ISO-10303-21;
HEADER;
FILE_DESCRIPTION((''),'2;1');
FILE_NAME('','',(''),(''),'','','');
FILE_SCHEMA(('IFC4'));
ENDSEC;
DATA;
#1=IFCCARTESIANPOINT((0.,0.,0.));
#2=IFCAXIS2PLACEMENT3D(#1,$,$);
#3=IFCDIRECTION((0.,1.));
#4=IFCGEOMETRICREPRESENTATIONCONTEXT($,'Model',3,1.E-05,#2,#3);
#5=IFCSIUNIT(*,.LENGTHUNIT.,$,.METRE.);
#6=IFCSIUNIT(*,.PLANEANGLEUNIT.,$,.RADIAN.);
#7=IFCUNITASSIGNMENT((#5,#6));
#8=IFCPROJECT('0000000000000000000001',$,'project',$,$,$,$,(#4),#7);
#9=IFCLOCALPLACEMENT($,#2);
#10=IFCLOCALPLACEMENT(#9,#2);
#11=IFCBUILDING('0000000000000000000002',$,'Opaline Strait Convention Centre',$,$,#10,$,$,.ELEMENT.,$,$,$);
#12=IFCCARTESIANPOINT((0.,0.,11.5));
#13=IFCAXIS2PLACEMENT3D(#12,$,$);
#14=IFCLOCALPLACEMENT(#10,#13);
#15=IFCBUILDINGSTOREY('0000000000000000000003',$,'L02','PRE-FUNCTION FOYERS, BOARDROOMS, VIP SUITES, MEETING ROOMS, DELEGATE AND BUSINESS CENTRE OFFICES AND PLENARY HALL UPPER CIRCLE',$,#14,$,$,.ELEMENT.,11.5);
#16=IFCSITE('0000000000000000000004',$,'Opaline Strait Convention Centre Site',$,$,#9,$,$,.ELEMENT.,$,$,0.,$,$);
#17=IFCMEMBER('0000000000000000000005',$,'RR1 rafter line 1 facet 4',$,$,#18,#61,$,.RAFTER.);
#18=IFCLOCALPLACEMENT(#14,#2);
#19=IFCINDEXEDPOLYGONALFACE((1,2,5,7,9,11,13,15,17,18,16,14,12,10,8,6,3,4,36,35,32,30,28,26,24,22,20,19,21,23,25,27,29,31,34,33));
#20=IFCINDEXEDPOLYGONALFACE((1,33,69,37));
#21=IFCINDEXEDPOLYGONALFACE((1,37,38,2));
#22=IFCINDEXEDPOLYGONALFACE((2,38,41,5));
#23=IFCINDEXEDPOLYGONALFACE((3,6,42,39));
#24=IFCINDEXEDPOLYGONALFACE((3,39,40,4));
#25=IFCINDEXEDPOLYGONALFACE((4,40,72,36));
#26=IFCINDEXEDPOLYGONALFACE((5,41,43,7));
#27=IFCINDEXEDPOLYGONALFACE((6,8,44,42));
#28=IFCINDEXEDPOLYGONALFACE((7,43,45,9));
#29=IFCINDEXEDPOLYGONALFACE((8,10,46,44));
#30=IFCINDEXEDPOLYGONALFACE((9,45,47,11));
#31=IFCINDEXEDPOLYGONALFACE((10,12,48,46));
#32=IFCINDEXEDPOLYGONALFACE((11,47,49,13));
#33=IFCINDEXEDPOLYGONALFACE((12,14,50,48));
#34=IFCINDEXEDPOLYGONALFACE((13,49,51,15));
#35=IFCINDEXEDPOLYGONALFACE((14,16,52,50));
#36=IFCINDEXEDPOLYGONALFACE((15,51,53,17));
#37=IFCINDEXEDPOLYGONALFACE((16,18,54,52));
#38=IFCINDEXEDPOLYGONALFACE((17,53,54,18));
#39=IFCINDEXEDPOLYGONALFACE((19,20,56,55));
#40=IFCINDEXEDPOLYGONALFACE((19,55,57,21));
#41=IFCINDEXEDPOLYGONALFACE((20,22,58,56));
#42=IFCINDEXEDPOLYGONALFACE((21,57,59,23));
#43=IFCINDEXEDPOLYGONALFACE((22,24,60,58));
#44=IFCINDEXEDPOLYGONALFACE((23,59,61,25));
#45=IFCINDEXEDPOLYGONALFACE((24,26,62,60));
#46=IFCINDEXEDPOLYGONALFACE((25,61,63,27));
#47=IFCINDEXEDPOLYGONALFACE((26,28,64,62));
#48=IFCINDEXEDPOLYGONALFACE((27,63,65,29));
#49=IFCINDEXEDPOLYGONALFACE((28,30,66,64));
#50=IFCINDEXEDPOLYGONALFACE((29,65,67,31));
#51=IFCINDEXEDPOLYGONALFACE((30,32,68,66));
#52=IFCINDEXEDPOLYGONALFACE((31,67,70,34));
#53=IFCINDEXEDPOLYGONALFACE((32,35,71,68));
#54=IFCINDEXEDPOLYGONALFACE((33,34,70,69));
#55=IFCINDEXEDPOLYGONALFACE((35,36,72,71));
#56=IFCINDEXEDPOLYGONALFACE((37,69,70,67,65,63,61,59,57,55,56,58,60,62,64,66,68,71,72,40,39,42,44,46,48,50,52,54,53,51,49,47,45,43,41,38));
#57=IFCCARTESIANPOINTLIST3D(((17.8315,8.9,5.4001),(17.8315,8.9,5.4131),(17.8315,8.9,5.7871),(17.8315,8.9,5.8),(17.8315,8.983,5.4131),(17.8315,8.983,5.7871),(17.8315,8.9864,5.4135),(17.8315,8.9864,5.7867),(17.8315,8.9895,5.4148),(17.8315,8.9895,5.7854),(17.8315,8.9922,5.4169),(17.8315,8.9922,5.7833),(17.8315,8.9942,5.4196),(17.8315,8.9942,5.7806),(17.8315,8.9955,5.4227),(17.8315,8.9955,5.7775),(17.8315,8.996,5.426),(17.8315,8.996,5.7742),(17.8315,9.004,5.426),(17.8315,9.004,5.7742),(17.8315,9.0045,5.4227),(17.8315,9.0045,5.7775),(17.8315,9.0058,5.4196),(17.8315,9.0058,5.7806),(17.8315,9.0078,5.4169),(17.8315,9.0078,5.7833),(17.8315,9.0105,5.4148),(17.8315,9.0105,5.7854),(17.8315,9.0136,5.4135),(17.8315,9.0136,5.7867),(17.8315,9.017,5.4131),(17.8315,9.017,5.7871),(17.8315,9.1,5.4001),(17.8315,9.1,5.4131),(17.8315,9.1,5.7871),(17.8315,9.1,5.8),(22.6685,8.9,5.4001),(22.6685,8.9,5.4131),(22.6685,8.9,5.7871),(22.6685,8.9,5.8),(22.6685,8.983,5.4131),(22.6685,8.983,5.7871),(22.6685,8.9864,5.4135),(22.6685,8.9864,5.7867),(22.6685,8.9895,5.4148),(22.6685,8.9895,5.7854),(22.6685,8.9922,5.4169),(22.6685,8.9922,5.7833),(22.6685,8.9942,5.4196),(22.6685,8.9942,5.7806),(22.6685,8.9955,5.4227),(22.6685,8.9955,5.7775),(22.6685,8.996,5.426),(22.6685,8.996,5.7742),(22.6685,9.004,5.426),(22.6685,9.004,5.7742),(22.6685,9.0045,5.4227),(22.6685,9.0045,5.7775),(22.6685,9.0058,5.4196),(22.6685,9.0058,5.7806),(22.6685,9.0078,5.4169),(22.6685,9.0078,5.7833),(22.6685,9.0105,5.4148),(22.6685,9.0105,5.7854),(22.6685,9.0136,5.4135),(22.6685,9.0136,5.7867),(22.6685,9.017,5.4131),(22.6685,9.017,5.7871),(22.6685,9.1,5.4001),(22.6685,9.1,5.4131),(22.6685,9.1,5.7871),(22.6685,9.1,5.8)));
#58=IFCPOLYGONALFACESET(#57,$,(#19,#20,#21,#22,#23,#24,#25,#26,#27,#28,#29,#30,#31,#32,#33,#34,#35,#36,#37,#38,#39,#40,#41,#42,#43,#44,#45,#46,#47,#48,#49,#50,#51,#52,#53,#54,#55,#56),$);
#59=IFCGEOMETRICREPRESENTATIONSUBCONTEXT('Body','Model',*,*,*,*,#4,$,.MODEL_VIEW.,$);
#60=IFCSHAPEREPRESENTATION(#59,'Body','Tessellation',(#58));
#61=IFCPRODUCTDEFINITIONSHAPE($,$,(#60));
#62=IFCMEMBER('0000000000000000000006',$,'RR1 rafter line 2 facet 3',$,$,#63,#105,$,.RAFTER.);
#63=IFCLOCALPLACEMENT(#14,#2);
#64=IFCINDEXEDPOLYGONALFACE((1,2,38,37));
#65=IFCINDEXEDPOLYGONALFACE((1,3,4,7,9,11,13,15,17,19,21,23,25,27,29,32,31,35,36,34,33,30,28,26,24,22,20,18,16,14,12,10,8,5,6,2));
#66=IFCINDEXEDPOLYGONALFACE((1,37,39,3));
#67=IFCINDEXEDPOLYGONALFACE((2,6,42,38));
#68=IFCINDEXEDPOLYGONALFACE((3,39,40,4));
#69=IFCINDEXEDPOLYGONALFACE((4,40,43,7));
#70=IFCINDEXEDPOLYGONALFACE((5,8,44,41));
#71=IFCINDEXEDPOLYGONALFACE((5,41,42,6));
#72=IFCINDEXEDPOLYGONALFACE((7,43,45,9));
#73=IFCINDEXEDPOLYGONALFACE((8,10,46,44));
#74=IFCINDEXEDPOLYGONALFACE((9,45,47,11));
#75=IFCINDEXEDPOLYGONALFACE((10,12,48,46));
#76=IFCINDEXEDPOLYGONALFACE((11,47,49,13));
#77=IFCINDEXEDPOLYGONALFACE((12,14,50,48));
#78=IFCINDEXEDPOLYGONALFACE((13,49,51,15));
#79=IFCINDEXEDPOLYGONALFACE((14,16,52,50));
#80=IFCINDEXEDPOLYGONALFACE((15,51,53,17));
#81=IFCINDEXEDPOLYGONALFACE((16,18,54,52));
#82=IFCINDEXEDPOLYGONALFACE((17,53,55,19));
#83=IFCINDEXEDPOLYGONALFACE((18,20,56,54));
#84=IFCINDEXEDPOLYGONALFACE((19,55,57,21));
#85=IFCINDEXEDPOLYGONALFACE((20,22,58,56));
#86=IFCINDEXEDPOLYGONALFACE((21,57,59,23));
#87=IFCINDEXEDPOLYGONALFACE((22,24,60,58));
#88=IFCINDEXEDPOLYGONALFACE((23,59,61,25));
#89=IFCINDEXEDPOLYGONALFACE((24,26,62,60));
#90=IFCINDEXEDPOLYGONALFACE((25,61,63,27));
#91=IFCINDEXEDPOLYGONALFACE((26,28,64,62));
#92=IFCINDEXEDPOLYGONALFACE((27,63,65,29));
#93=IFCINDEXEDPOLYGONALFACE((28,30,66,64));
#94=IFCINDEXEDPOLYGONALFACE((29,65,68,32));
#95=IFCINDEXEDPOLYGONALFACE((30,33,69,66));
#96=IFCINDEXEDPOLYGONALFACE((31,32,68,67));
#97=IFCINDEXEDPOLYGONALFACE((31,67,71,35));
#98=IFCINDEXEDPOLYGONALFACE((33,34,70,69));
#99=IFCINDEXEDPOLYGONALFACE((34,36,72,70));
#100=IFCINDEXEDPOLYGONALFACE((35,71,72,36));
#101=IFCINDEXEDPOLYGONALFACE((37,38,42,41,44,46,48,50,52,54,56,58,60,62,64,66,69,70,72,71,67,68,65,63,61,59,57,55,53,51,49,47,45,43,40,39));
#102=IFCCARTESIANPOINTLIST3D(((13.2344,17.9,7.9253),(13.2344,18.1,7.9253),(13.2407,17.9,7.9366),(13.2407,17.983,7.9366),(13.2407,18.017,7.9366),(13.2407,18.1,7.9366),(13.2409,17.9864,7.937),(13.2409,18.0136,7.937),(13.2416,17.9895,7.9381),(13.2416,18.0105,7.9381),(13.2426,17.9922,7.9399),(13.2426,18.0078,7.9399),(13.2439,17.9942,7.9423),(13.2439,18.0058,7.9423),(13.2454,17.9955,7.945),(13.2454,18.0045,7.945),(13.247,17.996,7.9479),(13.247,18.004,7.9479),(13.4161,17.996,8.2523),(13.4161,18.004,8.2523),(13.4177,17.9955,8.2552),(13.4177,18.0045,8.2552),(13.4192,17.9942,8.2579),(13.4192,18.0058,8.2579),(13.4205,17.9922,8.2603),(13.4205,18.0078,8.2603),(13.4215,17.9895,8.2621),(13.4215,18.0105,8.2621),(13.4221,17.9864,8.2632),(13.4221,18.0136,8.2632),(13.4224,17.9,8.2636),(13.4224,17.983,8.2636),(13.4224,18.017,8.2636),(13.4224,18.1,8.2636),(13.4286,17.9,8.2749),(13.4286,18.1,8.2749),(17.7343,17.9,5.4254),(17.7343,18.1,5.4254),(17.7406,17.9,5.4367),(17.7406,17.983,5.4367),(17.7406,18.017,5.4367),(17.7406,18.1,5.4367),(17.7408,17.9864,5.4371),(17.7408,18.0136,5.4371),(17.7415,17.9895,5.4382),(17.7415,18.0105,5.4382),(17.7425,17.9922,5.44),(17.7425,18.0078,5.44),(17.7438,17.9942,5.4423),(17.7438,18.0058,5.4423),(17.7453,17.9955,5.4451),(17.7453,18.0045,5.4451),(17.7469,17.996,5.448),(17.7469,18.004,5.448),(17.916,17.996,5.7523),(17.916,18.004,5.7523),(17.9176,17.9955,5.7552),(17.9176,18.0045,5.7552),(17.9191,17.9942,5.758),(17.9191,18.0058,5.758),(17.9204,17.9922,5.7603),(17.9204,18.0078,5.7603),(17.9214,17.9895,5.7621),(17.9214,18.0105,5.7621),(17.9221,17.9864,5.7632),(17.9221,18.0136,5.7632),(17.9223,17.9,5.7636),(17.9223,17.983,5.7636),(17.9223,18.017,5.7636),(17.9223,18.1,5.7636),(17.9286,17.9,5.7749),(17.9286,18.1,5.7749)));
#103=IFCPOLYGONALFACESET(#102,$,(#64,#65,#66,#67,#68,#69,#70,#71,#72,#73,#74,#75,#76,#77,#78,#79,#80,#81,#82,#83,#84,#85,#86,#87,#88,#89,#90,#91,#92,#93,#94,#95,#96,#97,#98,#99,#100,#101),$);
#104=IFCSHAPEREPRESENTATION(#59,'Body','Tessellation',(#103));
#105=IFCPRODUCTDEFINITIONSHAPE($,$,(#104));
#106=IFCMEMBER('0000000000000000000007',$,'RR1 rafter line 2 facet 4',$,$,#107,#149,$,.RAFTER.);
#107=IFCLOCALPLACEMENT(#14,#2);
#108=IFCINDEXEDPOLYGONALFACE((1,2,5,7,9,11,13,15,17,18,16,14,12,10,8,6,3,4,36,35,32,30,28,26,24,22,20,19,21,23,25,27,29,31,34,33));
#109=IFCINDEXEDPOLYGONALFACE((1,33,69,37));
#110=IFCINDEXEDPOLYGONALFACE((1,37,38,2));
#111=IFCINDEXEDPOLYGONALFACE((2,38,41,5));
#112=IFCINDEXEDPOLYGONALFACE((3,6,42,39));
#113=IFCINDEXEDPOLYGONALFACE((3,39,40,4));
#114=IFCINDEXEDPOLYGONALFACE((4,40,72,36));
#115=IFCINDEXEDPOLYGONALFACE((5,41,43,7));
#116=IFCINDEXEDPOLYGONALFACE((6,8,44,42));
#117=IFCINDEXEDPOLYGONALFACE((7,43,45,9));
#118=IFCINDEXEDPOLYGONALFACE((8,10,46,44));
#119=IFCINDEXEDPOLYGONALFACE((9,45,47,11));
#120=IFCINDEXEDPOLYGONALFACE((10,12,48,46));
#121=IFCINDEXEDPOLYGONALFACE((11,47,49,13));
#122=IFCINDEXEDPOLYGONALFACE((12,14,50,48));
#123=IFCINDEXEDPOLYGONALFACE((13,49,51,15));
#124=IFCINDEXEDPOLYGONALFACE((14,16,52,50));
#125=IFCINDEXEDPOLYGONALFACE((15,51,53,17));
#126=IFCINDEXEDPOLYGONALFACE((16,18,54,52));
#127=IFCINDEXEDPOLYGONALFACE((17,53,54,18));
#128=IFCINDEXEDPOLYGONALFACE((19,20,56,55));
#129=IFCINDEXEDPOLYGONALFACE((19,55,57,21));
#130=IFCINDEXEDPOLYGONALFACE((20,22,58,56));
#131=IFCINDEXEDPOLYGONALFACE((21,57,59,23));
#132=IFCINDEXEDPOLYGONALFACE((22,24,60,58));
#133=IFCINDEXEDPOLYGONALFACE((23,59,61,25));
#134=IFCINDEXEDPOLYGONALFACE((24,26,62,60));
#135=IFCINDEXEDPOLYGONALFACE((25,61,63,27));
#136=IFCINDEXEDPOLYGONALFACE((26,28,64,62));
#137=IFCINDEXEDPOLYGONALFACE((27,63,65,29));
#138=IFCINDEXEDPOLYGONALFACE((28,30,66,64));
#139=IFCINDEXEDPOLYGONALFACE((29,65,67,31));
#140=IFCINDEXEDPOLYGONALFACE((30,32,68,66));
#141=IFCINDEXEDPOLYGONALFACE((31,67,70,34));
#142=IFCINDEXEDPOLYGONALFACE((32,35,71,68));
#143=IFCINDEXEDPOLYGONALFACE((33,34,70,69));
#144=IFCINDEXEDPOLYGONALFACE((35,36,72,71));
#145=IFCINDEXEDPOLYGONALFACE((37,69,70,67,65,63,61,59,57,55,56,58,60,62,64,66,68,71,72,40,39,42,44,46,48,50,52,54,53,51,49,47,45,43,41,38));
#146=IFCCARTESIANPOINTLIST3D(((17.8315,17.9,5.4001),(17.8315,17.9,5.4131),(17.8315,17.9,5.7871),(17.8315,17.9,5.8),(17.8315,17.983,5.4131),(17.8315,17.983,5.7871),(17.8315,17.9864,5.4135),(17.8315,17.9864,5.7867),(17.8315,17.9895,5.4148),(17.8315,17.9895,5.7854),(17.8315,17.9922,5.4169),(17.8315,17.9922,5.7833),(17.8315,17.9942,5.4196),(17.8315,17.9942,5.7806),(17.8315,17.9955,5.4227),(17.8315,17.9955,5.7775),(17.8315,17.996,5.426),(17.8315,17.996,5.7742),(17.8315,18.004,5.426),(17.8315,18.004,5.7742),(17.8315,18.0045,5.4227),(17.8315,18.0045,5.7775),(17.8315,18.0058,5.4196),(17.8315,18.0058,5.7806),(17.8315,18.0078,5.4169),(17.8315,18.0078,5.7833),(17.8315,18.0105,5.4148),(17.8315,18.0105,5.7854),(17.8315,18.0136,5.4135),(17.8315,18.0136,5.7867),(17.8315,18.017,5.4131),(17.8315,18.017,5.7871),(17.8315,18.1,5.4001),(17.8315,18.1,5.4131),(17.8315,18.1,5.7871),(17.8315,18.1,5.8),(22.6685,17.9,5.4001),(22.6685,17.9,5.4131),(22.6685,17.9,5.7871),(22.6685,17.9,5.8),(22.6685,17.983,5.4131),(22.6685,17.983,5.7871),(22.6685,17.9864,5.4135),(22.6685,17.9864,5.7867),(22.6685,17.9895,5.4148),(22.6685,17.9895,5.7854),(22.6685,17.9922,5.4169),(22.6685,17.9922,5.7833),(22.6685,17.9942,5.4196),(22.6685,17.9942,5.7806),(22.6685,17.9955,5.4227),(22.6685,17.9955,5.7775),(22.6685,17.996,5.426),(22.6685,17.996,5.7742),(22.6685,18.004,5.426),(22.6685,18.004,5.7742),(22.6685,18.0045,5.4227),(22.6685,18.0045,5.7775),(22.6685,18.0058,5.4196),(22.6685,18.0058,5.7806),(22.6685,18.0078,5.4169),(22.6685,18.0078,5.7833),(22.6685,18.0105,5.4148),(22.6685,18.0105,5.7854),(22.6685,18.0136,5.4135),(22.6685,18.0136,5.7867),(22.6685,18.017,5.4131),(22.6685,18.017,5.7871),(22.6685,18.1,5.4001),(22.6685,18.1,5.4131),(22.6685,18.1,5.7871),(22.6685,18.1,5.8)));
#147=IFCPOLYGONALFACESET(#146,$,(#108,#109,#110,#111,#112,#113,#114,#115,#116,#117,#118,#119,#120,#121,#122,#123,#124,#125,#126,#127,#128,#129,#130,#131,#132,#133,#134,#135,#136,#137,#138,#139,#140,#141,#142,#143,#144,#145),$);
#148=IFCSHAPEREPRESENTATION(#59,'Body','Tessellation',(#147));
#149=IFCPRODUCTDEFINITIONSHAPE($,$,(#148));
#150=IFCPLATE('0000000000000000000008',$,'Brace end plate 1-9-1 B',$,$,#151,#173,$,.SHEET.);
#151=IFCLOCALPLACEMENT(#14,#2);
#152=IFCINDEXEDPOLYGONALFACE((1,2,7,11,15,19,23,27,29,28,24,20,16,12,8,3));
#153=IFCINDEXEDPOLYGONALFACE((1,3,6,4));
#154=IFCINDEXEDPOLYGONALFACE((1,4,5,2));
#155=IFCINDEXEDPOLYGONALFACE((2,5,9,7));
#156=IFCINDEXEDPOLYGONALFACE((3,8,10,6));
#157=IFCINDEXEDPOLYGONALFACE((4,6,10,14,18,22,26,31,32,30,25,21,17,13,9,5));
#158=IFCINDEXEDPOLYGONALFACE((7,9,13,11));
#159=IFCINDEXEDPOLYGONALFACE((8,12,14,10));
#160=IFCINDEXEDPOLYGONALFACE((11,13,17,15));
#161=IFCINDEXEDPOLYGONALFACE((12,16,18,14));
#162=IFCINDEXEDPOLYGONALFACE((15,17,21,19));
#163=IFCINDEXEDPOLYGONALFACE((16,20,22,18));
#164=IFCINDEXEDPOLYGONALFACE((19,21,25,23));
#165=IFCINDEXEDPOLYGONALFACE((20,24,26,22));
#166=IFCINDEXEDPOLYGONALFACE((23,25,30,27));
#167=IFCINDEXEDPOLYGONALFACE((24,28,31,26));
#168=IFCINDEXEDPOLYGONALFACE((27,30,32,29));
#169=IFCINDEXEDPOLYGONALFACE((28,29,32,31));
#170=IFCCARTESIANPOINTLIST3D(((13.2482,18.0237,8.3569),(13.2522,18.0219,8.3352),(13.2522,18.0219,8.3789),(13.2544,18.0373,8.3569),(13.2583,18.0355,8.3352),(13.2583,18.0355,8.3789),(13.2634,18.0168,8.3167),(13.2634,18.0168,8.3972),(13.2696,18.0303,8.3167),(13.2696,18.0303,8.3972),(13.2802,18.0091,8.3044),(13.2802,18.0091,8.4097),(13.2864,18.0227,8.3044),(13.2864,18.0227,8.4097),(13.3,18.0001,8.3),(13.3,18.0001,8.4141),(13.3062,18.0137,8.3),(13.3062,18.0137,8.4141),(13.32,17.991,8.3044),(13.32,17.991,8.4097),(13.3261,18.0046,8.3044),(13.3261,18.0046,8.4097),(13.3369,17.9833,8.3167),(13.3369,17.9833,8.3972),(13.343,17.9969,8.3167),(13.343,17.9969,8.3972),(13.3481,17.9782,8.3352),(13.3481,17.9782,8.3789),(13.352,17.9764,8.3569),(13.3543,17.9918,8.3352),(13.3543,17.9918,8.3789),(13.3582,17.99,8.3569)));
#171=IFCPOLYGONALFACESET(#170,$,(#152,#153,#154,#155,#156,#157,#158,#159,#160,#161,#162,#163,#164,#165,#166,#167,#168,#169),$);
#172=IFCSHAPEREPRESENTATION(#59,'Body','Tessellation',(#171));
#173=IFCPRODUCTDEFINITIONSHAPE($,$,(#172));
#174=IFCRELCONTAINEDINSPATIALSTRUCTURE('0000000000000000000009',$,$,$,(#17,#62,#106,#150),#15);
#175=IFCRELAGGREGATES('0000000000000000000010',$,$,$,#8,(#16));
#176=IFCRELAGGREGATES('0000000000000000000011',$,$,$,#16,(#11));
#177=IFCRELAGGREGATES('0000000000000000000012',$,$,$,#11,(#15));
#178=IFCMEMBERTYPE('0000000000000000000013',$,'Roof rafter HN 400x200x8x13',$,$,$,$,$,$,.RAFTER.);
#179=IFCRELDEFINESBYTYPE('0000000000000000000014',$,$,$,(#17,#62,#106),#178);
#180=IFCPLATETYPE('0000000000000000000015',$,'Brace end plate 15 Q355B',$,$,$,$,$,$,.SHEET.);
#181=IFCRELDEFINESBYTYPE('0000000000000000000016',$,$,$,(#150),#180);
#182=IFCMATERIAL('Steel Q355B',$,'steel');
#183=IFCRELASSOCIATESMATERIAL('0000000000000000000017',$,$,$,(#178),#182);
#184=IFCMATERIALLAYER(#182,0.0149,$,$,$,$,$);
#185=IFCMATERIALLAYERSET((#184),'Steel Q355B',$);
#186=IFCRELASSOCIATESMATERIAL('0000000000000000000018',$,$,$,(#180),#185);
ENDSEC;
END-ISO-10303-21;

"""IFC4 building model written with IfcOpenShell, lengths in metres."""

from ifc_helpers import new_model, si_unit, direction, frame, origin, origin_2d, place, context, subcontext, project, spatial, polyline, i_section, outline, extrude, material, layer, layer_set, material_profile, profile_set, type_object, element, save


model = new_model("IFC4")

# Units and contexts
model_context = context("Model", 3, precision=1e-05, world=origin(), true_north=direction((0.0, 1.0)))
body_context = subcontext(model_context, "Body", "Model", "MODEL_VIEW")
ifc_project = project(units=[si_unit("LENGTHUNIT", "METRE"), si_unit("PLANEANGLEUNIT", "RADIAN")], contexts=[model_context])

# Site, building, storey
site_placement = place(None, origin())
site = spatial("IfcSite", under=ifc_project, at=site_placement, Name="Opaline Strait Convention Centre Site", CompositionType="ELEMENT", RefElevation=0.0)
building_placement = place(site_placement, origin())
building = spatial("IfcBuilding", under=site, at=building_placement, Name="Opaline Strait Convention Centre", CompositionType="ELEMENT")
storey_placement = place(building_placement, frame((0.0, 0.0, 11.5)))
storey = spatial("IfcBuildingStorey", under=building, at=storey_placement, Name="L02", Description="PRE-FUNCTION FOYERS, BOARDROOMS, VIP SUITES, MEETING ROOMS, DELEGATE AND BUSINESS CENTRE OFFICES AND PLENARY HALL UPPER CIRCLE", CompositionType="ELEMENT", Elevation=11.5)

# Shared definitions
ifc_material_1 = material(Name="Steel Q355B", Category="steel")

# Members
ifc_material_profile_1 = material_profile(ifc_material_1, i_section(OverallWidth=0.2, OverallDepth=0.3999, WebThickness=0.0081, FlangeThickness=0.0129, FilletRadius=0.0129, at=origin_2d()), Name="HN 400x200x8x13")
ifc_profile_set_1 = profile_set([ifc_material_profile_1], Name="Steel Q355B")
member_type_1 = type_object("IfcMemberType", Name="Roof rafter HN 400x200x8x13", PredefinedType="RAFTER", material=ifc_profile_set_1)
member_1_placement = place(storey_placement, frame((17.8315, 9.0, 5.6001), z_axis=(1.0, 0.0, 0.0), x_axis=(0.0, 1.0, 0.0)))
element("IfcMember", 1, at=member_1_placement, inside=storey, type_object=member_type_1, Name="RR1 rafter line 1 facet 4", PredefinedType="RAFTER", context=body_context, shape_type="SweptSolid", body=[
    extrude(i_section(OverallWidth=0.2, OverallDepth=0.3999, WebThickness=0.0081, FlangeThickness=0.0129, FilletRadius=0.0129, at=origin_2d()), origin(), (0.0, 0.0, 1.0), 4.8369),
])
member_2_placement = place(storey_placement, frame((13.3315, 18.0, 8.1001), z_axis=(0.874157, 0.0, -0.485643), x_axis=(0.0, 1.0, 0.0)))
element("IfcMember", 2, at=member_2_placement, inside=storey, type_object=member_type_1, Name="RR1 rafter line 2 facet 3", PredefinedType="RAFTER", context=body_context, shape_type="SweptSolid", body=[
    extrude(i_section(OverallWidth=0.2, OverallDepth=0.3999, WebThickness=0.0081, FlangeThickness=0.0129, FilletRadius=0.0129, at=origin_2d()), origin(), (0.0, 0.0, 1.0), 5.1477),
])
member_3_placement = place(storey_placement, frame((17.8315, 18.0, 5.6001), z_axis=(1.0, 0.0, 0.0), x_axis=(0.0, 1.0, 0.0)))
element("IfcMember", 3, at=member_3_placement, inside=storey, type_object=member_type_1, Name="RR1 rafter line 2 facet 4", PredefinedType="RAFTER", context=body_context, shape_type="SweptSolid", body=[
    extrude(i_section(OverallWidth=0.2, OverallDepth=0.3999, WebThickness=0.0081, FlangeThickness=0.0129, FilletRadius=0.0129, at=origin_2d()), origin(), (0.0, 0.0, 1.0), 4.8369),
])

# Plate
ifc_layer_1 = layer(ifc_material_1, 0.0149)
ifc_layer_set_1 = layer_set([ifc_layer_1], Name="Steel Q355B")
plate_type = type_object("IfcPlateType", Name="Brace end plate 15 Q355B", PredefinedType="SHEET", material=ifc_layer_set_1)
plate_1_placement = place(storey_placement, frame((13.3582, 17.99, 8.3569), z_axis=(0.414547, 0.910028, 0.0), x_axis=(-0.175212, 0.079815, -0.98129)))
element("IfcPlate", 4, at=plate_1_placement, inside=storey, type_object=plate_type, Name="Brace end plate 1-9-1 B", PredefinedType="SHEET", context=body_context, shape_type="SweptSolid", body=[
    extrude(outline(polyline([(0.0, 0.0), (0.0221, 0.0), (0.0427, 0.0085), (0.0583, 0.0244), (0.0668, 0.0451), (0.0667, 0.0673), (0.0583, 0.0878), (0.0424, 0.1035), (0.022, 0.1119), (-0.0004, 0.1119), (-0.0208, 0.1033), (-0.0366, 0.0876), (-0.0451, 0.0671), (-0.045, 0.0447), (-0.0363, 0.0241), (-0.0207, 0.0084), (0.0, 0.0)])), origin(), (0.0, 0.0, -1.0), 0.0149),
])

save(model, "model.ifc")
